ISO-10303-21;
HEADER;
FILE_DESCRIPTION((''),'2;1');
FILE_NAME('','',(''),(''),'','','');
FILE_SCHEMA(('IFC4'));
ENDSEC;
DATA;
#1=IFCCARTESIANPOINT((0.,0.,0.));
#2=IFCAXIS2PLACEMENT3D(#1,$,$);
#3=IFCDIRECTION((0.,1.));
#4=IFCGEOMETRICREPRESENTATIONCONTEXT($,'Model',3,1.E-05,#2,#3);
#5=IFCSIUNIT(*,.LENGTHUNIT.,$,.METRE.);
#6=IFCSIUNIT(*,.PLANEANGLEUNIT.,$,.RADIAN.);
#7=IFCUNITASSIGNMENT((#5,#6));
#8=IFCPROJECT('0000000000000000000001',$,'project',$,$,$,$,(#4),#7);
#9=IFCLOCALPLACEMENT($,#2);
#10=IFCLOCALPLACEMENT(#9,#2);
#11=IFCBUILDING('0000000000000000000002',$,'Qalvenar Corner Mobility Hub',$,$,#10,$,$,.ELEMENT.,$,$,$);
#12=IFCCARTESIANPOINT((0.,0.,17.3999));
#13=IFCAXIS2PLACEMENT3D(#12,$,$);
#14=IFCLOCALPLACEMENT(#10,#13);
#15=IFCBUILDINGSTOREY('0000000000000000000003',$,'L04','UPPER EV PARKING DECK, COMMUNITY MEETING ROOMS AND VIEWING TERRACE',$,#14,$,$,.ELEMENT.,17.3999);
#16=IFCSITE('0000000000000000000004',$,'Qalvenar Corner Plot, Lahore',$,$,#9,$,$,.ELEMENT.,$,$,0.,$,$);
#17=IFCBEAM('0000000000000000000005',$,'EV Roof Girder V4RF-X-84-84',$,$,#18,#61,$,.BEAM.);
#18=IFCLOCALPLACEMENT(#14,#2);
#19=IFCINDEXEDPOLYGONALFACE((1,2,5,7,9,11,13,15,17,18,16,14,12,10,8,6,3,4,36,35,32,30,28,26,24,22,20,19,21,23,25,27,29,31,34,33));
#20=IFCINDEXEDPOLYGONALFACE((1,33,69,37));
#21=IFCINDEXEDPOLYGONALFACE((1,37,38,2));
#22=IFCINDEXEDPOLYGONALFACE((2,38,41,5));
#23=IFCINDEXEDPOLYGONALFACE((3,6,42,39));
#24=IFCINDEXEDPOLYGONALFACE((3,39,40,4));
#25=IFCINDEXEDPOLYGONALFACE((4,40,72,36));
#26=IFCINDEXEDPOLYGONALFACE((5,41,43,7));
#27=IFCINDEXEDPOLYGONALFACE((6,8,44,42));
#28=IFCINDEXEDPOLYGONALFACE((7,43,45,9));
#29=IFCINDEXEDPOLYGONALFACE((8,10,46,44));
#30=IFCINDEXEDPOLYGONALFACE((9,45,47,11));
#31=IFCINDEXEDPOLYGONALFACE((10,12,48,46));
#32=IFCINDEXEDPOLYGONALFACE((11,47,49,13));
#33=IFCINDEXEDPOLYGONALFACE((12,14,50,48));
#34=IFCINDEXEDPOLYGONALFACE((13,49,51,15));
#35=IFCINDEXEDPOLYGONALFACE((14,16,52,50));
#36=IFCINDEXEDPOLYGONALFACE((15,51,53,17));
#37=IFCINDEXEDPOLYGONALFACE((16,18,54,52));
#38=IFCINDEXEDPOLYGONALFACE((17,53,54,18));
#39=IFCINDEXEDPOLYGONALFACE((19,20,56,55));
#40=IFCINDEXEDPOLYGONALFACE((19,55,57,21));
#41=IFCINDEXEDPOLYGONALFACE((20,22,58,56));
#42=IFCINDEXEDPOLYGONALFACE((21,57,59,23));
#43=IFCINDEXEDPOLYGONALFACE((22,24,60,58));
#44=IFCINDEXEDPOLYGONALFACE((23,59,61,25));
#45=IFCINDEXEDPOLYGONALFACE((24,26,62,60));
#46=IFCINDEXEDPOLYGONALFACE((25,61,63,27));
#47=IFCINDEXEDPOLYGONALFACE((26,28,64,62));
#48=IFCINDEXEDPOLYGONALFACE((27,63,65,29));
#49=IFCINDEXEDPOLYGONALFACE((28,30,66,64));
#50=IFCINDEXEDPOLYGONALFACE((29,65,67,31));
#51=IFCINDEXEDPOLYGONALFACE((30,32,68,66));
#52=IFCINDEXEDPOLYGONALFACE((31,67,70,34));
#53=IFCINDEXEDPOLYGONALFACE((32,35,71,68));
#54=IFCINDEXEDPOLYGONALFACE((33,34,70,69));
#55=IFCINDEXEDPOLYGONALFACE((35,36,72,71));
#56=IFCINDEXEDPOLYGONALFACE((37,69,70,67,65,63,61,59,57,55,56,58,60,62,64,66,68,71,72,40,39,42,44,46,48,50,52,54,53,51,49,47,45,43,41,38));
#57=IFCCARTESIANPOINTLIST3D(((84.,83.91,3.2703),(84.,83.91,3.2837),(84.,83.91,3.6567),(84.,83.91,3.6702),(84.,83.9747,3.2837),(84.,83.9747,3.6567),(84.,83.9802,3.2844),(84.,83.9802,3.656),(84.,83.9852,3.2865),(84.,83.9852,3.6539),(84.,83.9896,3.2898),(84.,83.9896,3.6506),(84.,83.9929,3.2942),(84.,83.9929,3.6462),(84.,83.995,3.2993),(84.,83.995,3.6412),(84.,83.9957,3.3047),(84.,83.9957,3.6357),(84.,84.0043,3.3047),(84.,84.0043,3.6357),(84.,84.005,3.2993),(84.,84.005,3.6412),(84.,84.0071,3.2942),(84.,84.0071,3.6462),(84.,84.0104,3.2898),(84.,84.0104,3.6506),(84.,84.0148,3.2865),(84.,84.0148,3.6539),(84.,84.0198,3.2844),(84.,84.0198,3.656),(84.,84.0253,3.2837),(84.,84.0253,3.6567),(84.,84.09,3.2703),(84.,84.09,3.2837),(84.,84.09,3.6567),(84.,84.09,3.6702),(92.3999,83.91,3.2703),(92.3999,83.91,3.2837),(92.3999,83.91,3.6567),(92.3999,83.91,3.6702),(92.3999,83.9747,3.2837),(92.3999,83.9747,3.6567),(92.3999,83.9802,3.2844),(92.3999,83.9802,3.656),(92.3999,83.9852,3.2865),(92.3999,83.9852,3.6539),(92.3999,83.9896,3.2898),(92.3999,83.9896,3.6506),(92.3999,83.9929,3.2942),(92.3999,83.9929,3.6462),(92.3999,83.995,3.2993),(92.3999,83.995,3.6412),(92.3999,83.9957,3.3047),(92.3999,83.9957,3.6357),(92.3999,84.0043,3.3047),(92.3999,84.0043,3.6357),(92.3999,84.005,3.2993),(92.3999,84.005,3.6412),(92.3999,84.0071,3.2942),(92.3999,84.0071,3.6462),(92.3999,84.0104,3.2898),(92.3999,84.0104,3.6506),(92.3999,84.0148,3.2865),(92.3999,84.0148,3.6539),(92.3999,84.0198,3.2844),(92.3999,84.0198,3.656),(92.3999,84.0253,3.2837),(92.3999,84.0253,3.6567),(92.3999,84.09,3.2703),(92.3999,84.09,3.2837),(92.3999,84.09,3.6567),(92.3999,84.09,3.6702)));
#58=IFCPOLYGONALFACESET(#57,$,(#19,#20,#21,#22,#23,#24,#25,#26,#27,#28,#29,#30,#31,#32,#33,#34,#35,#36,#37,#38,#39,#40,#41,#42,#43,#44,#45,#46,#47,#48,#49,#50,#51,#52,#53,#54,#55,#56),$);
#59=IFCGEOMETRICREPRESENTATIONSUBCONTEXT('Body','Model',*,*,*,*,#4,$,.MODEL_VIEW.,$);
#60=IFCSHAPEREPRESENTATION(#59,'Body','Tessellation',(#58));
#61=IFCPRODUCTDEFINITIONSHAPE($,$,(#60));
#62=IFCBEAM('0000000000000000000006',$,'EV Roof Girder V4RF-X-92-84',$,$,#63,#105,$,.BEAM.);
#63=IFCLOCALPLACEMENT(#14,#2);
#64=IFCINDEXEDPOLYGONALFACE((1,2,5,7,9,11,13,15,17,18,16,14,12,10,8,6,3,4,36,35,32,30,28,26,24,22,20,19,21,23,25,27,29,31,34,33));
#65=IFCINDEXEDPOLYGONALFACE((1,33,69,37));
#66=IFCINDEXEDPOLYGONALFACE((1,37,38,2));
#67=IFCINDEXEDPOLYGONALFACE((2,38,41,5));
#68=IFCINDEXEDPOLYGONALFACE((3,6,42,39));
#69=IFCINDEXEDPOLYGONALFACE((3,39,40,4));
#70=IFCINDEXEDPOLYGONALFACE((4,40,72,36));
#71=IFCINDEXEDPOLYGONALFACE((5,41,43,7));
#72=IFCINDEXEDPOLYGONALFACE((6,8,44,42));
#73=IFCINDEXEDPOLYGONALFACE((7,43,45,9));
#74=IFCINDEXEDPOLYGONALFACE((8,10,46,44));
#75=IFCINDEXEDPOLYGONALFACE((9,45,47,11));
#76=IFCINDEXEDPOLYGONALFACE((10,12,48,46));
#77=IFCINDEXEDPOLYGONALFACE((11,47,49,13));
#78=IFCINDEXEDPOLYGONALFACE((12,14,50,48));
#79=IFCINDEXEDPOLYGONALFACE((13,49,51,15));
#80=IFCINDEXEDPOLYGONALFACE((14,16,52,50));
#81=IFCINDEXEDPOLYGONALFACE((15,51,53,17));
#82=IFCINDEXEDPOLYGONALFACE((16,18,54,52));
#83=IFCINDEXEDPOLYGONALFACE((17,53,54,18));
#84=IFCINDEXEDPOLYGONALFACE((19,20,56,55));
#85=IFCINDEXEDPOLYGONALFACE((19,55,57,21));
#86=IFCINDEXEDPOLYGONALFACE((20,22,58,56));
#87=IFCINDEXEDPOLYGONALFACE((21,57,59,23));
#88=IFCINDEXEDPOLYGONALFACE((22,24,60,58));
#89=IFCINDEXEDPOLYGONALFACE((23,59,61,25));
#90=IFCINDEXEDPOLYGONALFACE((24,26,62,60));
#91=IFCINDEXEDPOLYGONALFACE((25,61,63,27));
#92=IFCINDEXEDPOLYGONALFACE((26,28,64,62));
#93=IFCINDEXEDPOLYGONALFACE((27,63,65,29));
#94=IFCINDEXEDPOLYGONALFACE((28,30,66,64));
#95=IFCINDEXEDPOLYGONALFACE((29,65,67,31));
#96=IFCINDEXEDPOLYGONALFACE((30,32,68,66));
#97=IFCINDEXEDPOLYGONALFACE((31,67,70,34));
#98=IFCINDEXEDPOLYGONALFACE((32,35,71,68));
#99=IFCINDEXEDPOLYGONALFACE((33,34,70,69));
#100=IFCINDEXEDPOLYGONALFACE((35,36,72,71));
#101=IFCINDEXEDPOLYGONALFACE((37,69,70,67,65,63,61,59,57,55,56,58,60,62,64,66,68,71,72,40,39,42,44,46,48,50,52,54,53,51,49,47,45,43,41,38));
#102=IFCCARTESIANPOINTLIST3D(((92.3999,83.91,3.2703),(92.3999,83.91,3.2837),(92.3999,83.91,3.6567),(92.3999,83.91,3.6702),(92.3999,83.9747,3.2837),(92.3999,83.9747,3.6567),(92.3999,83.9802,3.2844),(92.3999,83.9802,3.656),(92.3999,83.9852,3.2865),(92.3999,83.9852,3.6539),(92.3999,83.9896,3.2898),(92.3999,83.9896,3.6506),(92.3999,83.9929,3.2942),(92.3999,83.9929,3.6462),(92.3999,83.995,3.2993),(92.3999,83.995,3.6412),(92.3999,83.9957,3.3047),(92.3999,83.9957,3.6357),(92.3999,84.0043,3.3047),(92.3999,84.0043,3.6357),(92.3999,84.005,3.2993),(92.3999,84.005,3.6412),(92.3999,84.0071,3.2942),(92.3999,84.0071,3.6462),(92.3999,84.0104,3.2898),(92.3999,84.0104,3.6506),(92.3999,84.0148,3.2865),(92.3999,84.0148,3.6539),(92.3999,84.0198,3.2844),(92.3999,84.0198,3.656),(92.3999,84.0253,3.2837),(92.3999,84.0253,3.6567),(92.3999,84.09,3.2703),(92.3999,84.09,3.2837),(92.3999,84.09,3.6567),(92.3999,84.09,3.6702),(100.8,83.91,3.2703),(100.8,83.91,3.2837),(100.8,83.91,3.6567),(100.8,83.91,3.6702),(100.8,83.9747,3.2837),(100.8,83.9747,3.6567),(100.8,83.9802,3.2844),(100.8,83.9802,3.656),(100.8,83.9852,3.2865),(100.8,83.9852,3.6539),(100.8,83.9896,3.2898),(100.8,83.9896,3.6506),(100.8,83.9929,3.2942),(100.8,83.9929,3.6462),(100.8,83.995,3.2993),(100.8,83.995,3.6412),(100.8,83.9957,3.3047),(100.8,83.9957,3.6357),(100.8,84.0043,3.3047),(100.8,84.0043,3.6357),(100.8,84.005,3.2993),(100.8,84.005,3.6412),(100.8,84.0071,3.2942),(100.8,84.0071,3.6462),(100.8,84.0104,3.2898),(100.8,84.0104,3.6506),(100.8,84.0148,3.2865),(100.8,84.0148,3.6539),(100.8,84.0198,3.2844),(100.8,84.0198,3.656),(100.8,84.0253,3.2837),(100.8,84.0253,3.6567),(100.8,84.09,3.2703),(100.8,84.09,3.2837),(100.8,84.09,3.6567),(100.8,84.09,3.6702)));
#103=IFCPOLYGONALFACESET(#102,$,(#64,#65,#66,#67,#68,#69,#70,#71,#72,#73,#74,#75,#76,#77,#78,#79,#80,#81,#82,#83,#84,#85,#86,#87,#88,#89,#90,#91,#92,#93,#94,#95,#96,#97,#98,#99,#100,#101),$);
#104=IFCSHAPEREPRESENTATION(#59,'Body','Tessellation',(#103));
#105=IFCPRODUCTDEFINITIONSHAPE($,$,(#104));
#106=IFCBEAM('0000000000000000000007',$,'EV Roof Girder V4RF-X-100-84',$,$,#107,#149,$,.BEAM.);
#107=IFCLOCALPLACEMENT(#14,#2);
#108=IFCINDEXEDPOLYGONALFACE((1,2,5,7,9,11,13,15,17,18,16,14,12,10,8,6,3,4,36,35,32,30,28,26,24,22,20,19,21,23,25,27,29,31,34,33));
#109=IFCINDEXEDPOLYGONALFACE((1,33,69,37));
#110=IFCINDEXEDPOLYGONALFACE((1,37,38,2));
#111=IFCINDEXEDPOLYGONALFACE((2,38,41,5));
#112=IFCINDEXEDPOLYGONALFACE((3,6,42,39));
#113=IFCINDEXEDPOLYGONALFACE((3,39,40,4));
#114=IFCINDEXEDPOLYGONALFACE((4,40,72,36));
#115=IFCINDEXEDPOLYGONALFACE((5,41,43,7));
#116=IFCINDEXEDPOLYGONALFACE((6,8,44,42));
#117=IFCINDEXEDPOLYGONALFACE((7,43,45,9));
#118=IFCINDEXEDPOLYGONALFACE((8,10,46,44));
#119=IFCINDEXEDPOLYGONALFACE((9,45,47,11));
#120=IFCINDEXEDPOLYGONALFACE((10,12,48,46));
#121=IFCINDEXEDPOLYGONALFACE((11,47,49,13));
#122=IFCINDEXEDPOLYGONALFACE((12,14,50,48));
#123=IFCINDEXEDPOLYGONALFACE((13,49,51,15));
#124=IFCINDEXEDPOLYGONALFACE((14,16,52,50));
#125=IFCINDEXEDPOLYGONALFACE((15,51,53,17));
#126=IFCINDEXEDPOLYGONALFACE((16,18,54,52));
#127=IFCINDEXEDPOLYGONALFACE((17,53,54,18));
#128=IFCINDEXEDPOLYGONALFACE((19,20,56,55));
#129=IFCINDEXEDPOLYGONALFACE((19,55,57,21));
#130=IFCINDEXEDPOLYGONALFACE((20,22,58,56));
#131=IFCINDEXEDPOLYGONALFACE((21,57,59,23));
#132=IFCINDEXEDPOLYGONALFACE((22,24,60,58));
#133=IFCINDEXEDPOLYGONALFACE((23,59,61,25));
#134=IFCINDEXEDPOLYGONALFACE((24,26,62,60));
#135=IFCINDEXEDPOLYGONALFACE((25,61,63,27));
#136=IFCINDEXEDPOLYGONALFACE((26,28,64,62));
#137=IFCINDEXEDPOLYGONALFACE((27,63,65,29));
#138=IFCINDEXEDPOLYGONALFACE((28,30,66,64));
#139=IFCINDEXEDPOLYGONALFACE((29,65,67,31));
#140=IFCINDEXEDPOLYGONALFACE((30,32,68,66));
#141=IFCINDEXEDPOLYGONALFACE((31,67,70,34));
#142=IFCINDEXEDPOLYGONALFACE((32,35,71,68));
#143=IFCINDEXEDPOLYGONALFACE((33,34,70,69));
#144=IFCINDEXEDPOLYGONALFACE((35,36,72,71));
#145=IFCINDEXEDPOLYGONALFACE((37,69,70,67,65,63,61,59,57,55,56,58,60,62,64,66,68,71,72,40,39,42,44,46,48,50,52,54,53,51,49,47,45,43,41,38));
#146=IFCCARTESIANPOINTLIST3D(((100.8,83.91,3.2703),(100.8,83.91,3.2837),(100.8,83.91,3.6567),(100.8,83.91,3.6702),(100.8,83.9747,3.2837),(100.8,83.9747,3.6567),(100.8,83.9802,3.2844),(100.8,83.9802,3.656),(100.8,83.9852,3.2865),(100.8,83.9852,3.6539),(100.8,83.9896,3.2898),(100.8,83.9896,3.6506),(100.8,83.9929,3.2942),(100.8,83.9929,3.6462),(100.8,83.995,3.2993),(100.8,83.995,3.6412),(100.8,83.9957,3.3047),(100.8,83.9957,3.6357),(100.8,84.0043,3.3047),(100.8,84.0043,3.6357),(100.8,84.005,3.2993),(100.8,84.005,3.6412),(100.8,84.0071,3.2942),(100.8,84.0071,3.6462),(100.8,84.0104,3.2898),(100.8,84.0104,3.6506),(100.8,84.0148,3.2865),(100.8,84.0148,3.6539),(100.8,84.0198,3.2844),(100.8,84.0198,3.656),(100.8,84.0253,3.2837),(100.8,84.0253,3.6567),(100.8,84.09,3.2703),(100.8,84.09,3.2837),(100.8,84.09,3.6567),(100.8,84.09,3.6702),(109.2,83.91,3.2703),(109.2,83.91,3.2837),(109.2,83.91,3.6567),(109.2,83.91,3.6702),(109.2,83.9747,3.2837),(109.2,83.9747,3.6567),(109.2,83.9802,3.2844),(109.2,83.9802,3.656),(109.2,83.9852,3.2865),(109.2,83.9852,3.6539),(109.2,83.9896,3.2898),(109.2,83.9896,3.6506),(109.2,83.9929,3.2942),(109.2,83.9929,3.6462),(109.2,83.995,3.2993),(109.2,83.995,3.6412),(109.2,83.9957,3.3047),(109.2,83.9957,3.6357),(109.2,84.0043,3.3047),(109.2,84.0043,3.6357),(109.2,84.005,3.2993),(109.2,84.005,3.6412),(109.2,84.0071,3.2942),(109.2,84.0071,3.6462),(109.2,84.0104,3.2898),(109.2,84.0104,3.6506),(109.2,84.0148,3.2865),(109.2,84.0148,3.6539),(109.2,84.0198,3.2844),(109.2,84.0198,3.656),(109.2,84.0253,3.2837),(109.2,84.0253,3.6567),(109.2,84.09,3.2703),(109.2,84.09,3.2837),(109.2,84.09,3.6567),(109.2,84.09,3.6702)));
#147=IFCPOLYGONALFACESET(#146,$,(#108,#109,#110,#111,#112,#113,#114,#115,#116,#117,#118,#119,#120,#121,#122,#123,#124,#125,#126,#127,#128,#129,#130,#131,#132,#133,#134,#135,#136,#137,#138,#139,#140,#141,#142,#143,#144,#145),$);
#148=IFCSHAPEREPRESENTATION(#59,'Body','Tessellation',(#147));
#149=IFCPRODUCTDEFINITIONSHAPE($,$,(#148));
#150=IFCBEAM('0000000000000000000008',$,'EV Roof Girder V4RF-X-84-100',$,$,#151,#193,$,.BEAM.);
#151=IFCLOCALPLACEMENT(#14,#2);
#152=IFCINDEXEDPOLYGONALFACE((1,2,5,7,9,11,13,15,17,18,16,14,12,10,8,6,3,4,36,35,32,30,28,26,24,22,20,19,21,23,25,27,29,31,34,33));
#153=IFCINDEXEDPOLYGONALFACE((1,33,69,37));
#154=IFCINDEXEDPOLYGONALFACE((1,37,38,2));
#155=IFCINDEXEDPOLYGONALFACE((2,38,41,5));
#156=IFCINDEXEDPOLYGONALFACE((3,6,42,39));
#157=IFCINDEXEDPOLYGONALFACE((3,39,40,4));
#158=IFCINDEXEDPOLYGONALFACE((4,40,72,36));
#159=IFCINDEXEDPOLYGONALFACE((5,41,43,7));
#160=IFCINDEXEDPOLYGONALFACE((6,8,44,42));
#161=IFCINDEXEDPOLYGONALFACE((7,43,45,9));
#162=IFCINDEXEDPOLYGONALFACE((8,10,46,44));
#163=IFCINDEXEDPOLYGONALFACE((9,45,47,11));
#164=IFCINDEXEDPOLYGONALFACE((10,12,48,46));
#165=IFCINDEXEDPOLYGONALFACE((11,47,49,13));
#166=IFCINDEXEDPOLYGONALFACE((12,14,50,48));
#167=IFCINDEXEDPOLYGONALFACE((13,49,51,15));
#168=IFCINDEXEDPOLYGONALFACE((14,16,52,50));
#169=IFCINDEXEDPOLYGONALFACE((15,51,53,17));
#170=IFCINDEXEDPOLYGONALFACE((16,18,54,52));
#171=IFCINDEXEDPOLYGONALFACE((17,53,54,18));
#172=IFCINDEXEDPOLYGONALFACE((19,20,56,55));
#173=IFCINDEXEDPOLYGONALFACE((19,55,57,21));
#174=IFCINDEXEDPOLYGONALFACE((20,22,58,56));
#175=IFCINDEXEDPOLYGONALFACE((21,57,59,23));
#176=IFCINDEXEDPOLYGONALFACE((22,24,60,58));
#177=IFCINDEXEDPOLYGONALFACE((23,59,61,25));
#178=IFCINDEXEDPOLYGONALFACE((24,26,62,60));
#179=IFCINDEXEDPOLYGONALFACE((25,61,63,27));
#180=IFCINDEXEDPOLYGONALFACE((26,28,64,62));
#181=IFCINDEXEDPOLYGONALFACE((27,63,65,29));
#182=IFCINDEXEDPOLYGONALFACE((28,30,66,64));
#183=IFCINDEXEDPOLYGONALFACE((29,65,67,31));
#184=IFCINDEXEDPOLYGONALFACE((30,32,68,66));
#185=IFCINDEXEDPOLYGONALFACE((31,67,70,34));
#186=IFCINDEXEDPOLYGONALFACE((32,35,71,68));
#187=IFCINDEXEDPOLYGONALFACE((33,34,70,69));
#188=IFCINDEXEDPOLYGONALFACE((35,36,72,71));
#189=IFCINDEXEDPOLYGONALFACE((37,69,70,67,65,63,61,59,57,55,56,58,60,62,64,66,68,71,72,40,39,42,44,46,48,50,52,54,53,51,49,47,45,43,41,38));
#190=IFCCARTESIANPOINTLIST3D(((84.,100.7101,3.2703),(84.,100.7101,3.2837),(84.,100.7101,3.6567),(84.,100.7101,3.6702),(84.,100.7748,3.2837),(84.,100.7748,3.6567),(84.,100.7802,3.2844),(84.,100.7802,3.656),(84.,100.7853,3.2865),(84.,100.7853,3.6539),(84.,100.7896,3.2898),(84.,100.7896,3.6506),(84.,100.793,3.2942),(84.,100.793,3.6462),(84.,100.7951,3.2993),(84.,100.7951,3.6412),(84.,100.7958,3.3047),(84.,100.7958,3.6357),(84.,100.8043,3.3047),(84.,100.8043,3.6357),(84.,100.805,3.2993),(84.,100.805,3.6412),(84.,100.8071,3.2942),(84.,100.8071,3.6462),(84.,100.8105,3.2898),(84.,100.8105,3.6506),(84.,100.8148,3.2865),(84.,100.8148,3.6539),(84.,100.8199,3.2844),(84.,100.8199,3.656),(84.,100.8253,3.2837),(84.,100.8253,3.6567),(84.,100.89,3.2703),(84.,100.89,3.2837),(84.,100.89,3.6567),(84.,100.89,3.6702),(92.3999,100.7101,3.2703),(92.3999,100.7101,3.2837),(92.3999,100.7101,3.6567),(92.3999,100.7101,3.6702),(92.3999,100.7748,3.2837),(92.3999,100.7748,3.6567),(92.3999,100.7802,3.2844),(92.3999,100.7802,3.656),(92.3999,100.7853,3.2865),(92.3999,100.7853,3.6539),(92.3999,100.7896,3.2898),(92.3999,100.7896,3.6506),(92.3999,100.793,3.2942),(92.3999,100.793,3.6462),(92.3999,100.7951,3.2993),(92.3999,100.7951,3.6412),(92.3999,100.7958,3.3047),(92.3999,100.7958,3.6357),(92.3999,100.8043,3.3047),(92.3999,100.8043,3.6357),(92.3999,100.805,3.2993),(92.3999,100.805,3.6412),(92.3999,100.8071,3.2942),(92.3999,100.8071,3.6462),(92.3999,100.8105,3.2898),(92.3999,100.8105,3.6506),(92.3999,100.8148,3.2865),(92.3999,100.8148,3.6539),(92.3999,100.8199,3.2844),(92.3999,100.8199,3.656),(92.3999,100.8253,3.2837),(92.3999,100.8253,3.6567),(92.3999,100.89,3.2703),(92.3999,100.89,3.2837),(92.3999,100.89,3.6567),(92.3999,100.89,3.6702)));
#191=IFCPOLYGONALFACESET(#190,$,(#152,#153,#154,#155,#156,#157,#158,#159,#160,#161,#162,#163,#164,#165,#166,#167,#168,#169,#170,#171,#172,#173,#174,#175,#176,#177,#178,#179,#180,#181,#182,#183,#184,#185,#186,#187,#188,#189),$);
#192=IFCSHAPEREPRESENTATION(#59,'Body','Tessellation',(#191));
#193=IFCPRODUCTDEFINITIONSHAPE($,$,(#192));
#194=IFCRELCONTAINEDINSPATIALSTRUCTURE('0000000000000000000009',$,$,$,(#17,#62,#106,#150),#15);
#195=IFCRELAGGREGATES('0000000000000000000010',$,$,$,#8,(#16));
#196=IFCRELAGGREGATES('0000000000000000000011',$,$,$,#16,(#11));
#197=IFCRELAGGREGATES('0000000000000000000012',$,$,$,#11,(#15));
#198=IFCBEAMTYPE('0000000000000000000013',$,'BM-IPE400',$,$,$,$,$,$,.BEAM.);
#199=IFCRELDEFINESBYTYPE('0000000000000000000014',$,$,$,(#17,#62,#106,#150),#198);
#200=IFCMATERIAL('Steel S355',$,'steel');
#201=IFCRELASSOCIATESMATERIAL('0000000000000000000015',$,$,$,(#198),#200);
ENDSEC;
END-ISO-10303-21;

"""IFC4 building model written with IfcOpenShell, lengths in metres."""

from ifc_helpers import new_model, si_unit, direction, frame, origin, origin_2d, place, context, subcontext, project, spatial, i_section, extrude, material, material_profile, profile_set, type_object, element, save


model = new_model("IFC4")

# Units and contexts
model_context = context("Model", 3, precision=1e-05, world=origin(), true_north=direction((0.0, 1.0)))
body_context = subcontext(model_context, "Body", "Model", "MODEL_VIEW")
ifc_project = project(units=[si_unit("LENGTHUNIT", "METRE"), si_unit("PLANEANGLEUNIT", "RADIAN")], contexts=[model_context])

# Site, building, storey
site_placement = place(None, origin())
site = spatial("IfcSite", under=ifc_project, at=site_placement, Name="Qalvenar Corner Plot, Lahore", CompositionType="ELEMENT", RefElevation=0.0)
building_placement = place(site_placement, origin())
building = spatial("IfcBuilding", under=site, at=building_placement, Name="Qalvenar Corner Mobility Hub", CompositionType="ELEMENT")
storey_placement = place(building_placement, frame((0.0, 0.0, 17.3999)))
storey = spatial("IfcBuildingStorey", under=building, at=storey_placement, Name="L04", Description="UPPER EV PARKING DECK, COMMUNITY MEETING ROOMS AND VIEWING TERRACE", CompositionType="ELEMENT", Elevation=17.3999)

# Shared definitions
ifc_material = material(Name="Steel S355", Category="steel")

# Beams
ifc_material_profile_1 = material_profile(ifc_material, i_section(OverallWidth=0.1799, OverallDepth=0.3999, WebThickness=0.0085, FlangeThickness=0.0134, FilletRadius=0.021, at=origin_2d()), Name="IPE400")
ifc_profile_set_1 = profile_set([ifc_material_profile_1], Name="Steel S355")
beam_type_1 = type_object("IfcBeamType", Name="BM-IPE400", PredefinedType="BEAM", material=ifc_profile_set_1)
for number, where, z_axis, x_axis, name in (
    (1, (84.0, 84.0, 3.4702), (1.0, 0.0, 0.0), (0.0, 1.0, 0.0), "EV Roof Girder V4RF-X-84-84"),
):
    element("IfcBeam", number, at=place(storey_placement, frame(where, z_axis=z_axis, x_axis=x_axis)), inside=storey, type_object=beam_type_1, Name=name, PredefinedType="BEAM", context=body_context, shape_type="SweptSolid", body=[
        extrude(i_section(OverallWidth=0.1799, OverallDepth=0.3999, WebThickness=0.0085, FlangeThickness=0.0134, FilletRadius=0.021, at=origin_2d()), origin(), (0.0, 0.0, 1.0), 8.3999),
    ])
beam_1_placement = place(storey_placement, frame((92.3999, 84.0, 3.4702), z_axis=(1.0, 0.0, 0.0), x_axis=(0.0, 1.0, 0.0)))
element("IfcBeam", 2, at=beam_1_placement, inside=storey, type_object=beam_type_1, Name="EV Roof Girder V4RF-X-92-84", PredefinedType="BEAM", context=body_context, shape_type="SweptSolid", body=[
    extrude(i_section(OverallWidth=0.1799, OverallDepth=0.3999, WebThickness=0.0085, FlangeThickness=0.0134, FilletRadius=0.021, at=origin_2d()), origin(), (0.0, 0.0, 1.0), 8.4001),
])
for number, where, z_axis, x_axis, name in (
    (3, (100.8, 84.0, 3.4702), (1.0, 0.0, 0.0), (0.0, 1.0, 0.0), "EV Roof Girder V4RF-X-100-84"),
    (4, (84.0, 100.8, 3.4702), (1.0, 0.0, 0.0), (0.0, 1.0, 0.0), "EV Roof Girder V4RF-X-84-100"),
):
    element("IfcBeam", number, at=place(storey_placement, frame(where, z_axis=z_axis, x_axis=x_axis)), inside=storey, type_object=beam_type_1, Name=name, PredefinedType="BEAM", context=body_context, shape_type="SweptSolid", body=[
        extrude(i_section(OverallWidth=0.1799, OverallDepth=0.3999, WebThickness=0.0085, FlangeThickness=0.0134, FilletRadius=0.021, at=origin_2d()), origin(), (0.0, 0.0, 1.0), 8.3999),
    ])

save(model, "model.ifc")
